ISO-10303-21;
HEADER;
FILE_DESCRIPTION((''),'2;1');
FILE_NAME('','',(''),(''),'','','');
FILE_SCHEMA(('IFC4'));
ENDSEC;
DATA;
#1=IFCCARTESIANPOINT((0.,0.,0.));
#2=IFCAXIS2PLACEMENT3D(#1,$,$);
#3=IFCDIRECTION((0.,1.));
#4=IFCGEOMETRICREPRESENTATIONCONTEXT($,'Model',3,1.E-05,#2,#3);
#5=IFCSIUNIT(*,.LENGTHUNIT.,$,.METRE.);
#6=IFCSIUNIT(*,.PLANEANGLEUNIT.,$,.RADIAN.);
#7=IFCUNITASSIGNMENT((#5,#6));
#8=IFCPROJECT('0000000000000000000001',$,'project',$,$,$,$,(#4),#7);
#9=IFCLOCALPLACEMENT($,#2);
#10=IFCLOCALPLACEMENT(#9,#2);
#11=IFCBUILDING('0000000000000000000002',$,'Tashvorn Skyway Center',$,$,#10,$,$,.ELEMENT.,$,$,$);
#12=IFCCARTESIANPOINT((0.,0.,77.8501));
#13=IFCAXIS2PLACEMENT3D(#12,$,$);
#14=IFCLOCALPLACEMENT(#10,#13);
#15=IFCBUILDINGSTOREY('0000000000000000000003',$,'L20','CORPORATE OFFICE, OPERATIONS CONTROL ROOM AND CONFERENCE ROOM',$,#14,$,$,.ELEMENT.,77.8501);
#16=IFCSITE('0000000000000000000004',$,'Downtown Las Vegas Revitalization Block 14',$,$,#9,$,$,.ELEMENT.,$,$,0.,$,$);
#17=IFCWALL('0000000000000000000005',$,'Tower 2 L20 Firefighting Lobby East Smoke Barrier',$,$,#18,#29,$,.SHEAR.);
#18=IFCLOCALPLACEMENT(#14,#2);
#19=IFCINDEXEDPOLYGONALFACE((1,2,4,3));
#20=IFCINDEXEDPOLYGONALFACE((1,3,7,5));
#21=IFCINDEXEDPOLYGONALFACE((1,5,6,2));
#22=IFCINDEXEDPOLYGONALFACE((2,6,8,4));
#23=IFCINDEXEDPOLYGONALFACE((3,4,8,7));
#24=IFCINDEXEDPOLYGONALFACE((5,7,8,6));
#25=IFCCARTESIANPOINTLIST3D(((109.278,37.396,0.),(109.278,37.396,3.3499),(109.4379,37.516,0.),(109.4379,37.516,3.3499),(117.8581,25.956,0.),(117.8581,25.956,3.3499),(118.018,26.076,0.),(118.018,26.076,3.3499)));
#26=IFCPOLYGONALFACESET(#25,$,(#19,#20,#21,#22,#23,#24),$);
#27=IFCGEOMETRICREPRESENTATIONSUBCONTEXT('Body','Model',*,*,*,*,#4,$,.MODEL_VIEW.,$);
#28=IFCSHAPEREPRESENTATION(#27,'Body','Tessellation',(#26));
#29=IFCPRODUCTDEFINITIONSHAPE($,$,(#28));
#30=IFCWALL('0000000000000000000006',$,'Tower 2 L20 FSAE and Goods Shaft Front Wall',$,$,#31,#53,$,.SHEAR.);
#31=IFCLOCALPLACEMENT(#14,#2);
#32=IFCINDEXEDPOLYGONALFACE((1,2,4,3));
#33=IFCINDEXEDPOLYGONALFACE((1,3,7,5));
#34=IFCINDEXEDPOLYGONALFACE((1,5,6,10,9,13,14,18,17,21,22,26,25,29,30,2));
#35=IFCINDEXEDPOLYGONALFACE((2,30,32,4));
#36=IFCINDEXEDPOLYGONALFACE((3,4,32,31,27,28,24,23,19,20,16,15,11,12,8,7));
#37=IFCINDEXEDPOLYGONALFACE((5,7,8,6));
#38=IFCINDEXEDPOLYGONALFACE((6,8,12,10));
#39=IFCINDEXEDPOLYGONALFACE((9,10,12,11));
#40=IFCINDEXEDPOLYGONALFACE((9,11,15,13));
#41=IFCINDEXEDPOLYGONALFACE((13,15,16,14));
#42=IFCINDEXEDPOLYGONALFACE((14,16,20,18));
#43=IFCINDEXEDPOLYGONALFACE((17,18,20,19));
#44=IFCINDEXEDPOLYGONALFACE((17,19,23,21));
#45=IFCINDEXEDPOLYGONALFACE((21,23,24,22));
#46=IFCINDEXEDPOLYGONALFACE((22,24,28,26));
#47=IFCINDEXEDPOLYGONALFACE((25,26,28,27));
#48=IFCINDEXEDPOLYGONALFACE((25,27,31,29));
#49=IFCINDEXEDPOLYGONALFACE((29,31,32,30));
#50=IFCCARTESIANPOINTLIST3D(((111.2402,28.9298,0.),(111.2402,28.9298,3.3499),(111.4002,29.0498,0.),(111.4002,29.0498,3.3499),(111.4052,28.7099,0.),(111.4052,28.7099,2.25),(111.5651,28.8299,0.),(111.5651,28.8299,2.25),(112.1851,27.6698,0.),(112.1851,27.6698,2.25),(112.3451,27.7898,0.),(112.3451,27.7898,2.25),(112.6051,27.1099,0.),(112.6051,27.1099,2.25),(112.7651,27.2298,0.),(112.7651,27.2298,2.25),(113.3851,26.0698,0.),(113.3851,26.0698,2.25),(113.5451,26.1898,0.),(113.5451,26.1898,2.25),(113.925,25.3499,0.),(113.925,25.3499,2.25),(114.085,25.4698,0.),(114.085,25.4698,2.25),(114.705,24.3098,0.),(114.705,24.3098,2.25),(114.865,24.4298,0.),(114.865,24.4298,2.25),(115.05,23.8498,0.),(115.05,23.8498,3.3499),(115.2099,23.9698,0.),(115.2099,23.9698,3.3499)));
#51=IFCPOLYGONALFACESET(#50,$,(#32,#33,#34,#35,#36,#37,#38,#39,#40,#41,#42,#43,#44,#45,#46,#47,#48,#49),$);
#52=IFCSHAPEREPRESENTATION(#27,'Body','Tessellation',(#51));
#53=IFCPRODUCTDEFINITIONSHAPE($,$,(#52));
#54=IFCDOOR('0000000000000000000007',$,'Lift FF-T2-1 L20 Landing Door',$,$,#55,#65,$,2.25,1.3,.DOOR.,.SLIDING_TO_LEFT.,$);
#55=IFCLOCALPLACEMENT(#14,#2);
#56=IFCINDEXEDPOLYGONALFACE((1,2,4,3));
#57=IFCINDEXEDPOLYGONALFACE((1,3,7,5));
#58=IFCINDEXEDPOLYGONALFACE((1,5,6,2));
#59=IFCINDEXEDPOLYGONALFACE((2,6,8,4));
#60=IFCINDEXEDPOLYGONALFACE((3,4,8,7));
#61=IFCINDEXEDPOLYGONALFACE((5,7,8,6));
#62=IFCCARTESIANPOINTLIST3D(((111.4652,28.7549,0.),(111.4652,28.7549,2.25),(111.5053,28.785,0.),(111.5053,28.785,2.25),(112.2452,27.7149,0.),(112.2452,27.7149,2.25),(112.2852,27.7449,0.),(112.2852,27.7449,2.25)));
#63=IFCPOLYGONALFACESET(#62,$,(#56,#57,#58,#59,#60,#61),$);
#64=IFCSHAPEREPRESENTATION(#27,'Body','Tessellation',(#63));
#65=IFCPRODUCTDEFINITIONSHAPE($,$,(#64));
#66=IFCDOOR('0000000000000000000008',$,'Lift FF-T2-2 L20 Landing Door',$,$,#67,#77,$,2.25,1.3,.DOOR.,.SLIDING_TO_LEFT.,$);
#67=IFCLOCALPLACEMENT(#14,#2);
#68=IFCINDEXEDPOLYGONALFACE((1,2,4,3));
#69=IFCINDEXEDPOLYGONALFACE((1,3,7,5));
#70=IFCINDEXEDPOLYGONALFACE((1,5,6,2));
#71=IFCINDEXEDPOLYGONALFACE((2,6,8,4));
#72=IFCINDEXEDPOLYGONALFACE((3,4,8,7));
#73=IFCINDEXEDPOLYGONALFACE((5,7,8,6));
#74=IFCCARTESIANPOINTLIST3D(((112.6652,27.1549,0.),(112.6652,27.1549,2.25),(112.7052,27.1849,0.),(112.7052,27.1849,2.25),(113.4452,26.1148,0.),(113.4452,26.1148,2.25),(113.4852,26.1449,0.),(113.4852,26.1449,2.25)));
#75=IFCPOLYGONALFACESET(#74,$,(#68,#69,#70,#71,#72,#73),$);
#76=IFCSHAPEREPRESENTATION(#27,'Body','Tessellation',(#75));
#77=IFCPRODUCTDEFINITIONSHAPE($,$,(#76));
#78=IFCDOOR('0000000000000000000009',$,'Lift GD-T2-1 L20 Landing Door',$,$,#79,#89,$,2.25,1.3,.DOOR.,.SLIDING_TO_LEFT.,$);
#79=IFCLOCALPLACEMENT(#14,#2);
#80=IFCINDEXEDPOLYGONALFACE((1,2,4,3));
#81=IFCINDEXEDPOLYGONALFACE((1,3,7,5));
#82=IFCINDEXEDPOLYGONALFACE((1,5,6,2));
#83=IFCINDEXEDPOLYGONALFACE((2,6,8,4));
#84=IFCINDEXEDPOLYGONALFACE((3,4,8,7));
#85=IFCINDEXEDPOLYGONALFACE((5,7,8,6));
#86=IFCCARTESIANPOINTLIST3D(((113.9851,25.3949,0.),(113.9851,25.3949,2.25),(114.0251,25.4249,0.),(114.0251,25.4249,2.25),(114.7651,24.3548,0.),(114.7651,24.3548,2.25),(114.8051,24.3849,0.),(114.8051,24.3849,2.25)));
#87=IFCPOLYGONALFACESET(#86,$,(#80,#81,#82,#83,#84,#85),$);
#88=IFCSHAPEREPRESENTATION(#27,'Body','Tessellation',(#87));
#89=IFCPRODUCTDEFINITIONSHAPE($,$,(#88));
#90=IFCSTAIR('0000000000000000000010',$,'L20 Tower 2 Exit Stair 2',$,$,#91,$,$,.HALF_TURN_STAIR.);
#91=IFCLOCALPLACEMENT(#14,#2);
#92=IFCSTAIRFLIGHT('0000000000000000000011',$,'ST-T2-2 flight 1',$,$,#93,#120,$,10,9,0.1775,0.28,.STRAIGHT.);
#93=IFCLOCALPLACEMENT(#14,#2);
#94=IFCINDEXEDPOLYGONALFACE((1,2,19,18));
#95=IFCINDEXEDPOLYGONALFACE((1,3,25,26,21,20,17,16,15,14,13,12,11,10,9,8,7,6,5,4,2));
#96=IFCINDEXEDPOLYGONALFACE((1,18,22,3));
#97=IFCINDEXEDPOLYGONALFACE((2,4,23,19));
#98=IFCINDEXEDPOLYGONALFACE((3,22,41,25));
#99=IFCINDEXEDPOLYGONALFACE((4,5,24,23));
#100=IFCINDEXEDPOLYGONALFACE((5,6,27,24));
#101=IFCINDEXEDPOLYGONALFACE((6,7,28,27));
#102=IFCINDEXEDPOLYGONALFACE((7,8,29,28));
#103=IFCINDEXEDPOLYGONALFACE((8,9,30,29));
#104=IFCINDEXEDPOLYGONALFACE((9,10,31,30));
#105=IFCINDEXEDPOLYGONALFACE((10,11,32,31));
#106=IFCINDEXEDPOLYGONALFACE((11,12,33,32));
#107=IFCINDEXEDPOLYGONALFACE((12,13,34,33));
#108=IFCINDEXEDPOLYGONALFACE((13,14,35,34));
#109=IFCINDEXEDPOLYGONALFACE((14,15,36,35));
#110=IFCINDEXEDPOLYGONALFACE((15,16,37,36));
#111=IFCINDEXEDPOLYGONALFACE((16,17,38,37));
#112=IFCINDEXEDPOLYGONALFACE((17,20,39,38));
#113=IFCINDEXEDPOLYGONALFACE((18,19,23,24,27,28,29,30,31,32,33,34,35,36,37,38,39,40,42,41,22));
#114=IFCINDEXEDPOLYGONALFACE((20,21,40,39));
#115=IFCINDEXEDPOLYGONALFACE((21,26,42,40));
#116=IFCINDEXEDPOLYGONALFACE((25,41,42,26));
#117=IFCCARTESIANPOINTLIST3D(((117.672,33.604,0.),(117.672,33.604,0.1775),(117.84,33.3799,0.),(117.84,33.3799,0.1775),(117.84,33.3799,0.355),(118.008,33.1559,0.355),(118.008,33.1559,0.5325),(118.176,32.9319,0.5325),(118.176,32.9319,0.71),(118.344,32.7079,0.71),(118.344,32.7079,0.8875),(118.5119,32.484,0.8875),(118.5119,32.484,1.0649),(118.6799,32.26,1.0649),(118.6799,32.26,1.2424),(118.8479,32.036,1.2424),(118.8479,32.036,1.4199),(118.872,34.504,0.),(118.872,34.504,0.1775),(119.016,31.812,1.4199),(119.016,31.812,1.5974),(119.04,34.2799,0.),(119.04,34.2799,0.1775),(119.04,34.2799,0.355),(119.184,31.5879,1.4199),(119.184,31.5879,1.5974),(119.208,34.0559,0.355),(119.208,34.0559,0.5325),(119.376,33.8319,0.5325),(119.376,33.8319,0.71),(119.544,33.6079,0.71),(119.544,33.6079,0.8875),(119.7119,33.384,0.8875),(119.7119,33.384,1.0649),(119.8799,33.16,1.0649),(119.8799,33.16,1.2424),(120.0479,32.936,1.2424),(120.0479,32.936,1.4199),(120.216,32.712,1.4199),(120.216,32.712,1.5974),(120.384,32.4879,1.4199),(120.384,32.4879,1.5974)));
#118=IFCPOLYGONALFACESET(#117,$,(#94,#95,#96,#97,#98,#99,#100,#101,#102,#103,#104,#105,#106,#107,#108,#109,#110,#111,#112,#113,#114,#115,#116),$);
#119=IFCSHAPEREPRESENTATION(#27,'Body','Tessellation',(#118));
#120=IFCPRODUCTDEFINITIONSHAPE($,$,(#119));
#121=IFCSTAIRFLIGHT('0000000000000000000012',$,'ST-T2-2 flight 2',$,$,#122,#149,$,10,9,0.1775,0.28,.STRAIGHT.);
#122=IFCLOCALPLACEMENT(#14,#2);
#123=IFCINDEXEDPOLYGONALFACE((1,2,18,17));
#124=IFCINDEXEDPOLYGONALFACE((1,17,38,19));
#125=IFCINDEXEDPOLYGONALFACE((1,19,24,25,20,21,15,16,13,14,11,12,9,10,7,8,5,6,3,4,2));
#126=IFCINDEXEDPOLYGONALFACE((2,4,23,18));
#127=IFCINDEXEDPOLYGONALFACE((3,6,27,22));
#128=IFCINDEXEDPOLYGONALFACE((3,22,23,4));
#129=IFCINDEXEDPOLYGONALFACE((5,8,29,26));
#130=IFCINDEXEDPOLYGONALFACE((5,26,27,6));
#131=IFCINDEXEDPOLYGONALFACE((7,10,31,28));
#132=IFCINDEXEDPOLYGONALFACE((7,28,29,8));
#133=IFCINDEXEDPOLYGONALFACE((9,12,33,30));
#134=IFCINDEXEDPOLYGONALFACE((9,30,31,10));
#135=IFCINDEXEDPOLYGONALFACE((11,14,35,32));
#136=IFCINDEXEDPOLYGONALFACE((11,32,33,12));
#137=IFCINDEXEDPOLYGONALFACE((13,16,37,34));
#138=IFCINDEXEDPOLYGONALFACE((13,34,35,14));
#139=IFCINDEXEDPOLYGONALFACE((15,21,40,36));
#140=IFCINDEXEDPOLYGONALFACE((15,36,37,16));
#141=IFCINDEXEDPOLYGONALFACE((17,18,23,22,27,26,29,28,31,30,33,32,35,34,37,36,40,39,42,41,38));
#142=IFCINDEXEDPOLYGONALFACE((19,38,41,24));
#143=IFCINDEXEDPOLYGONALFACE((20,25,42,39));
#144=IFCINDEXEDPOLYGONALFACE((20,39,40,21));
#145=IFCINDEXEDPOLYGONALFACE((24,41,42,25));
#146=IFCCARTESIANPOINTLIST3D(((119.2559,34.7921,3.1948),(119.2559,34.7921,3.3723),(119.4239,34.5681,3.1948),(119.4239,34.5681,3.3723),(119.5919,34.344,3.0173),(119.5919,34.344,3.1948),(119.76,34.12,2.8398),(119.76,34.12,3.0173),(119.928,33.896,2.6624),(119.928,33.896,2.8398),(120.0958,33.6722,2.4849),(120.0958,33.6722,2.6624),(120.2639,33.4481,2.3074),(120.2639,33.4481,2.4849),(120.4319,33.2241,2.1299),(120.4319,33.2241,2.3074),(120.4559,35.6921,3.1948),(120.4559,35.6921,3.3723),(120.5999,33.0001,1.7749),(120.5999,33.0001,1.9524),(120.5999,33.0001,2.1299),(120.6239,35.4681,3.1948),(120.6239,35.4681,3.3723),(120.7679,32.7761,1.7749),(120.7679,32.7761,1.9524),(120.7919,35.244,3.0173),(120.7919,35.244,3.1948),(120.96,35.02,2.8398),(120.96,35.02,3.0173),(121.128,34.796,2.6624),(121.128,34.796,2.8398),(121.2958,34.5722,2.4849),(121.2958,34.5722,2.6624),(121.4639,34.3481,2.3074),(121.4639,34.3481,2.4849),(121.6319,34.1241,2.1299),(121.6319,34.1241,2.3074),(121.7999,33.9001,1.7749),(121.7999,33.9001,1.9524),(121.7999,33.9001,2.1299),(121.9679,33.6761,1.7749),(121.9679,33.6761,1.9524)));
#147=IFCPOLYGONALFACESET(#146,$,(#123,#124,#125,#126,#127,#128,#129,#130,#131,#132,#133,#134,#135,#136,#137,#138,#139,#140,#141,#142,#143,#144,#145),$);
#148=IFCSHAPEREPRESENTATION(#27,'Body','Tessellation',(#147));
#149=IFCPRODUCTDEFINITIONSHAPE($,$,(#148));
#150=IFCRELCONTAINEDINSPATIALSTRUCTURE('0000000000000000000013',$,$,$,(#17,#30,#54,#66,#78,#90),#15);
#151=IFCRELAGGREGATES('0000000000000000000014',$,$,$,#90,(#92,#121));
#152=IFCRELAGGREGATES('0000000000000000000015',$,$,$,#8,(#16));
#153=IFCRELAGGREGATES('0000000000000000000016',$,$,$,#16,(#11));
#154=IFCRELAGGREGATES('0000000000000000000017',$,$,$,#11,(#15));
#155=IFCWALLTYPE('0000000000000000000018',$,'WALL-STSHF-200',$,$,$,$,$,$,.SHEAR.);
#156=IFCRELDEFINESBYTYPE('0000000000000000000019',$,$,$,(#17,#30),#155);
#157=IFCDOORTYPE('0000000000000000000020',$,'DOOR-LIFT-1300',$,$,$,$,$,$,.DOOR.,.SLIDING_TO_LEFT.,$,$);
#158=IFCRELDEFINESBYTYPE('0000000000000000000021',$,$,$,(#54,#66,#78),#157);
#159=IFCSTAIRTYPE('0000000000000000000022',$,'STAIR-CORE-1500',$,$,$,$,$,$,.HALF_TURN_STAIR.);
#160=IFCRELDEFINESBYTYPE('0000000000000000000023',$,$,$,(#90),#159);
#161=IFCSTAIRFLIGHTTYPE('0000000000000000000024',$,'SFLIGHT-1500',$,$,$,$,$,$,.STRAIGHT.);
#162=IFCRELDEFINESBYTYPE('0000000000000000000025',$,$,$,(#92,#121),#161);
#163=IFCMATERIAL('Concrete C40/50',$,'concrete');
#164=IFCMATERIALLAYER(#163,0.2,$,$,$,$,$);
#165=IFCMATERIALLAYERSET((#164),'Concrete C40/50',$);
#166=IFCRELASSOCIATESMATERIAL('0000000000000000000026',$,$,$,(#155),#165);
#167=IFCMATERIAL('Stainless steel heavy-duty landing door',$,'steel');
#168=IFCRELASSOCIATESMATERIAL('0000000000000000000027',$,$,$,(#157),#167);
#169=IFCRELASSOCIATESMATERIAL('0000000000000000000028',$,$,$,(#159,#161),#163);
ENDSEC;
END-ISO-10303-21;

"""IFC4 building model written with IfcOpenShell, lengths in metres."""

from ifc_helpers import new_model, si_unit, direction, frame, frame_2d, origin, place, context, subcontext, project, spatial, polyline, rectangle, outline, extrude, material, layer, layer_set, type_object, element, fill, aggregate, save


model = new_model("IFC4")

# Units and contexts
model_context = context("Model", 3, precision=1e-05, world=origin(), true_north=direction((0.0, 1.0)))
body_context = subcontext(model_context, "Body", "Model", "MODEL_VIEW")
ifc_project = project(units=[si_unit("LENGTHUNIT", "METRE"), si_unit("PLANEANGLEUNIT", "RADIAN")], contexts=[model_context])

# Site, building, storey
site_placement = place(None, origin())
site = spatial("IfcSite", under=ifc_project, at=site_placement, Name="Downtown Las Vegas Revitalization Block 14", CompositionType="ELEMENT", RefElevation=0.0)
building_placement = place(site_placement, origin())
building = spatial("IfcBuilding", under=site, at=building_placement, Name="Tashvorn Skyway Center", CompositionType="ELEMENT")
storey_placement = place(building_placement, frame((0.0, 0.0, 77.8501)))
storey = spatial("IfcBuildingStorey", under=building, at=storey_placement, Name="L20", Description="CORPORATE OFFICE, OPERATIONS CONTROL ROOM AND CONFERENCE ROOM", CompositionType="ELEMENT", Elevation=77.8501)

# Shared definitions
ifc_material_1 = material(Name="Concrete C40/50", Category="concrete")

# Wall
ifc_layer_1 = layer(ifc_material_1, 0.2)
ifc_layer_set_1 = layer_set([ifc_layer_1], Name="Concrete C40/50")
wall_type_1 = type_object("IfcWallType", Name="WALL-STSHF-200", PredefinedType="SHEAR", material=ifc_layer_set_1)
wall_1_placement = place(storey_placement, frame((117.938, 26.0161, 0.0), z_axis=(0.0, 0.0, 1.0), x_axis=(-0.600005, 0.799996, 0.0)))
element("IfcWall", 1, at=wall_1_placement, inside=storey, type_object=wall_type_1, Name="Tower 2 L20 Firefighting Lobby East Smoke Barrier", PredefinedType="SHEAR", context=body_context, shape_type="SweptSolid", body=[
    extrude(rectangle(XDim=14.3, YDim=0.2, at=frame_2d((7.1499, 0.0))), origin(), (0.0, 0.0, 1.0), 3.3499),
])

# Wall, openings, doors
wall_2_placement = place(storey_placement, frame((115.1299, 23.9099, 0.0), z_axis=(0.0, 0.0, 1.0), x_axis=(-0.599975, 0.800018, 0.0)))
wall_2 = element("IfcWall", 2, at=wall_2_placement, inside=storey, type_object=wall_type_1, Name="Tower 2 L20 FSAE and Goods Shaft Front Wall", PredefinedType="SHEAR", context=body_context, shape_type="SweptSolid", body=[
    extrude(rectangle(XDim=6.3499, YDim=0.2, at=frame_2d((3.1748, 0.0))), origin(), (0.0, 0.0, 1.0), 3.3499),
])
opening_1_placement = place(wall_2_placement, frame((4.7749, 0.0, 0.0)))
opening_1 = element("IfcOpeningElement", 3, at=opening_1_placement, cuts=wall_2, PredefinedType="OPENING", context=body_context, shape_type="SweptSolid", body=[
    extrude(rectangle(XDim=1.3, YDim=2.25, at=frame_2d((0.6499, 1.125))), frame((0.0, 0.1099, 0.0), z_axis=(0.0, -1.0, 0.0), x_axis=(1.0, 0.0, 0.0)), (0.0, 0.0, 1.0), 0.22),
])
opening_2_placement = place(wall_2_placement, frame((2.7749, 0.0, 0.0)))
opening_2 = element("IfcOpeningElement", 4, at=opening_2_placement, cuts=wall_2, PredefinedType="OPENING", context=body_context, shape_type="SweptSolid", body=[
    extrude(rectangle(XDim=1.3, YDim=2.25, at=frame_2d((0.6499, 1.125))), frame((0.0, 0.1099, 0.0), z_axis=(0.0, -1.0, 0.0), x_axis=(1.0, 0.0, 0.0)), (0.0, 0.0, 1.0), 0.22),
])
opening_3_placement = place(wall_2_placement, frame((0.575, 0.0, 0.0)))
opening_3 = element("IfcOpeningElement", 5, at=opening_3_placement, cuts=wall_2, PredefinedType="OPENING", context=body_context, shape_type="SweptSolid", body=[
    extrude(rectangle(XDim=1.3, YDim=2.25, at=frame_2d((0.6499, 1.125))), frame((0.0, 0.1099, 0.0), z_axis=(0.0, -1.0, 0.0), x_axis=(1.0, 0.0, 0.0)), (0.0, 0.0, 1.0), 0.22),
])
ifc_material_2 = material(Name="Stainless steel heavy-duty landing door", Category="steel")
door_type_1 = type_object("IfcDoorType", Name="DOOR-LIFT-1300", OperationType="SLIDING_TO_LEFT", PredefinedType="DOOR", material=ifc_material_2)
door_1_placement = place(opening_1_placement, origin())
door_1 = element("IfcDoor", 6, at=door_1_placement, inside=storey, type_object=door_type_1, Name="Lift FF-T2-1 L20 Landing Door", OperationType="SLIDING_TO_LEFT", OverallHeight=2.25, OverallWidth=1.3, PredefinedType="DOOR", context=body_context, shape_type="SweptSolid", body=[
    extrude(rectangle(XDim=1.3, YDim=2.25, at=frame_2d((0.6499, 1.125))), frame((0.0, 0.0249, 0.0), z_axis=(0.0, -1.0, 0.0), x_axis=(1.0, 0.0, 0.0)), (0.0, 0.0, 1.0), 0.05),
])
fill(opening_1, door_1)
door_2_placement = place(opening_2_placement, origin())
door_2 = element("IfcDoor", 7, at=door_2_placement, inside=storey, type_object=door_type_1, Name="Lift FF-T2-2 L20 Landing Door", OperationType="SLIDING_TO_LEFT", OverallHeight=2.25, OverallWidth=1.3, PredefinedType="DOOR", context=body_context, shape_type="SweptSolid", body=[
    extrude(rectangle(XDim=1.3, YDim=2.25, at=frame_2d((0.6499, 1.125))), frame((0.0, 0.0249, 0.0), z_axis=(0.0, -1.0, 0.0), x_axis=(1.0, 0.0, 0.0)), (0.0, 0.0, 1.0), 0.05),
])
fill(opening_2, door_2)
door_3_placement = place(opening_3_placement, origin())
door_3 = element("IfcDoor", 8, at=door_3_placement, inside=storey, type_object=door_type_1, Name="Lift GD-T2-1 L20 Landing Door", OperationType="SLIDING_TO_LEFT", OverallHeight=2.25, OverallWidth=1.3, PredefinedType="DOOR", context=body_context, shape_type="SweptSolid", body=[
    extrude(rectangle(XDim=1.3, YDim=2.25, at=frame_2d((0.6499, 1.125))), frame((0.0, 0.0249, 0.0), z_axis=(0.0, -1.0, 0.0), x_axis=(1.0, 0.0, 0.0)), (0.0, 0.0, 1.0), 0.05),
])
fill(opening_3, door_3)

# Stair, stair flights
stair_type = type_object("IfcStairType", Name="STAIR-CORE-1500", PredefinedType="HALF_TURN_STAIR", material=ifc_material_1)
stair_placement = place(storey_placement, origin())
stair = element("IfcStair", 9, at=stair_placement, inside=storey, type_object=stair_type, Name="L20 Tower 2 Exit Stair 2", PredefinedType="HALF_TURN_STAIR")
stair_flight_type = type_object("IfcStairFlightType", Name="SFLIGHT-1500", PredefinedType="STRAIGHT", material=ifc_material_1)
stair_flight_1_placement = place(storey_placement, frame((118.272, 34.054, 0.0), z_axis=(0.0, 0.0, 1.0), x_axis=(0.6, -0.8, 0.0)))
stair_flight_1 = element("IfcStairFlight", 10, at=stair_flight_1_placement, type_object=stair_flight_type, Name="ST-T2-2 flight 1", NumberOfRisers=10, NumberOfTreads=9, PredefinedType="STRAIGHT", RiserHeight=0.1775, TreadLength=0.28, context=body_context, shape_type="SweptSolid", body=[
    extrude(outline(polyline([(0.0, 0.0), (0.0, 0.1775), (0.28, 0.1775), (0.28, 0.355), (0.5601, 0.355), (0.5601, 0.5325), (0.8401, 0.5325), (0.8401, 0.71), (1.1201, 0.71), (1.1201, 0.8875), (1.3999, 0.8875), (1.3999, 1.0649), (1.6799, 1.0649), (1.6799, 1.2424), (1.96, 1.2424), (1.96, 1.4199), (2.24, 1.4199), (2.24, 1.5974), (2.52, 1.5974), (2.52, 1.7749), (2.52, 1.4199), (0.28, 0.0), (0.0, 0.0)])), frame((0.0, 0.75, 0.0), z_axis=(0.0, -1.0, 0.0), x_axis=(1.0, 0.0, 0.0)), (0.0, 0.0, 1.0), 1.5),
])
stair_flight_2_placement = place(storey_placement, frame((121.3679, 33.2261, 1.7749), z_axis=(0.0, 0.0, 1.0), x_axis=(-0.6, 0.8, 0.0)))
stair_flight_2 = element("IfcStairFlight", 11, at=stair_flight_2_placement, type_object=stair_flight_type, Name="ST-T2-2 flight 2", NumberOfRisers=10, NumberOfTreads=9, PredefinedType="STRAIGHT", RiserHeight=0.1775, TreadLength=0.28, context=body_context, shape_type="SweptSolid", body=[
    extrude(outline(polyline([(0.0, 0.0), (0.0, 0.1775), (0.28, 0.1775), (0.28, 0.355), (0.5601, 0.355), (0.5601, 0.5325), (0.8401, 0.5325), (0.8401, 0.71), (1.1201, 0.71), (1.1201, 0.8875), (1.3999, 0.8875), (1.3999, 1.0649), (1.6799, 1.0649), (1.6799, 1.2424), (1.96, 1.2424), (1.96, 1.4199), (2.24, 1.4199), (2.24, 1.5974), (2.52, 1.5974), (2.52, 1.7749), (2.52, 1.4199), (0.28, 0.0), (0.0, 0.0)])), frame((0.0, 0.75, 0.0), z_axis=(0.0, -1.0, 0.0), x_axis=(1.0, 0.0, 0.0)), (0.0, 0.0, 1.0), 1.5),
])
aggregate(stair, [stair_flight_1, stair_flight_2])

save(model, "model.ifc")
